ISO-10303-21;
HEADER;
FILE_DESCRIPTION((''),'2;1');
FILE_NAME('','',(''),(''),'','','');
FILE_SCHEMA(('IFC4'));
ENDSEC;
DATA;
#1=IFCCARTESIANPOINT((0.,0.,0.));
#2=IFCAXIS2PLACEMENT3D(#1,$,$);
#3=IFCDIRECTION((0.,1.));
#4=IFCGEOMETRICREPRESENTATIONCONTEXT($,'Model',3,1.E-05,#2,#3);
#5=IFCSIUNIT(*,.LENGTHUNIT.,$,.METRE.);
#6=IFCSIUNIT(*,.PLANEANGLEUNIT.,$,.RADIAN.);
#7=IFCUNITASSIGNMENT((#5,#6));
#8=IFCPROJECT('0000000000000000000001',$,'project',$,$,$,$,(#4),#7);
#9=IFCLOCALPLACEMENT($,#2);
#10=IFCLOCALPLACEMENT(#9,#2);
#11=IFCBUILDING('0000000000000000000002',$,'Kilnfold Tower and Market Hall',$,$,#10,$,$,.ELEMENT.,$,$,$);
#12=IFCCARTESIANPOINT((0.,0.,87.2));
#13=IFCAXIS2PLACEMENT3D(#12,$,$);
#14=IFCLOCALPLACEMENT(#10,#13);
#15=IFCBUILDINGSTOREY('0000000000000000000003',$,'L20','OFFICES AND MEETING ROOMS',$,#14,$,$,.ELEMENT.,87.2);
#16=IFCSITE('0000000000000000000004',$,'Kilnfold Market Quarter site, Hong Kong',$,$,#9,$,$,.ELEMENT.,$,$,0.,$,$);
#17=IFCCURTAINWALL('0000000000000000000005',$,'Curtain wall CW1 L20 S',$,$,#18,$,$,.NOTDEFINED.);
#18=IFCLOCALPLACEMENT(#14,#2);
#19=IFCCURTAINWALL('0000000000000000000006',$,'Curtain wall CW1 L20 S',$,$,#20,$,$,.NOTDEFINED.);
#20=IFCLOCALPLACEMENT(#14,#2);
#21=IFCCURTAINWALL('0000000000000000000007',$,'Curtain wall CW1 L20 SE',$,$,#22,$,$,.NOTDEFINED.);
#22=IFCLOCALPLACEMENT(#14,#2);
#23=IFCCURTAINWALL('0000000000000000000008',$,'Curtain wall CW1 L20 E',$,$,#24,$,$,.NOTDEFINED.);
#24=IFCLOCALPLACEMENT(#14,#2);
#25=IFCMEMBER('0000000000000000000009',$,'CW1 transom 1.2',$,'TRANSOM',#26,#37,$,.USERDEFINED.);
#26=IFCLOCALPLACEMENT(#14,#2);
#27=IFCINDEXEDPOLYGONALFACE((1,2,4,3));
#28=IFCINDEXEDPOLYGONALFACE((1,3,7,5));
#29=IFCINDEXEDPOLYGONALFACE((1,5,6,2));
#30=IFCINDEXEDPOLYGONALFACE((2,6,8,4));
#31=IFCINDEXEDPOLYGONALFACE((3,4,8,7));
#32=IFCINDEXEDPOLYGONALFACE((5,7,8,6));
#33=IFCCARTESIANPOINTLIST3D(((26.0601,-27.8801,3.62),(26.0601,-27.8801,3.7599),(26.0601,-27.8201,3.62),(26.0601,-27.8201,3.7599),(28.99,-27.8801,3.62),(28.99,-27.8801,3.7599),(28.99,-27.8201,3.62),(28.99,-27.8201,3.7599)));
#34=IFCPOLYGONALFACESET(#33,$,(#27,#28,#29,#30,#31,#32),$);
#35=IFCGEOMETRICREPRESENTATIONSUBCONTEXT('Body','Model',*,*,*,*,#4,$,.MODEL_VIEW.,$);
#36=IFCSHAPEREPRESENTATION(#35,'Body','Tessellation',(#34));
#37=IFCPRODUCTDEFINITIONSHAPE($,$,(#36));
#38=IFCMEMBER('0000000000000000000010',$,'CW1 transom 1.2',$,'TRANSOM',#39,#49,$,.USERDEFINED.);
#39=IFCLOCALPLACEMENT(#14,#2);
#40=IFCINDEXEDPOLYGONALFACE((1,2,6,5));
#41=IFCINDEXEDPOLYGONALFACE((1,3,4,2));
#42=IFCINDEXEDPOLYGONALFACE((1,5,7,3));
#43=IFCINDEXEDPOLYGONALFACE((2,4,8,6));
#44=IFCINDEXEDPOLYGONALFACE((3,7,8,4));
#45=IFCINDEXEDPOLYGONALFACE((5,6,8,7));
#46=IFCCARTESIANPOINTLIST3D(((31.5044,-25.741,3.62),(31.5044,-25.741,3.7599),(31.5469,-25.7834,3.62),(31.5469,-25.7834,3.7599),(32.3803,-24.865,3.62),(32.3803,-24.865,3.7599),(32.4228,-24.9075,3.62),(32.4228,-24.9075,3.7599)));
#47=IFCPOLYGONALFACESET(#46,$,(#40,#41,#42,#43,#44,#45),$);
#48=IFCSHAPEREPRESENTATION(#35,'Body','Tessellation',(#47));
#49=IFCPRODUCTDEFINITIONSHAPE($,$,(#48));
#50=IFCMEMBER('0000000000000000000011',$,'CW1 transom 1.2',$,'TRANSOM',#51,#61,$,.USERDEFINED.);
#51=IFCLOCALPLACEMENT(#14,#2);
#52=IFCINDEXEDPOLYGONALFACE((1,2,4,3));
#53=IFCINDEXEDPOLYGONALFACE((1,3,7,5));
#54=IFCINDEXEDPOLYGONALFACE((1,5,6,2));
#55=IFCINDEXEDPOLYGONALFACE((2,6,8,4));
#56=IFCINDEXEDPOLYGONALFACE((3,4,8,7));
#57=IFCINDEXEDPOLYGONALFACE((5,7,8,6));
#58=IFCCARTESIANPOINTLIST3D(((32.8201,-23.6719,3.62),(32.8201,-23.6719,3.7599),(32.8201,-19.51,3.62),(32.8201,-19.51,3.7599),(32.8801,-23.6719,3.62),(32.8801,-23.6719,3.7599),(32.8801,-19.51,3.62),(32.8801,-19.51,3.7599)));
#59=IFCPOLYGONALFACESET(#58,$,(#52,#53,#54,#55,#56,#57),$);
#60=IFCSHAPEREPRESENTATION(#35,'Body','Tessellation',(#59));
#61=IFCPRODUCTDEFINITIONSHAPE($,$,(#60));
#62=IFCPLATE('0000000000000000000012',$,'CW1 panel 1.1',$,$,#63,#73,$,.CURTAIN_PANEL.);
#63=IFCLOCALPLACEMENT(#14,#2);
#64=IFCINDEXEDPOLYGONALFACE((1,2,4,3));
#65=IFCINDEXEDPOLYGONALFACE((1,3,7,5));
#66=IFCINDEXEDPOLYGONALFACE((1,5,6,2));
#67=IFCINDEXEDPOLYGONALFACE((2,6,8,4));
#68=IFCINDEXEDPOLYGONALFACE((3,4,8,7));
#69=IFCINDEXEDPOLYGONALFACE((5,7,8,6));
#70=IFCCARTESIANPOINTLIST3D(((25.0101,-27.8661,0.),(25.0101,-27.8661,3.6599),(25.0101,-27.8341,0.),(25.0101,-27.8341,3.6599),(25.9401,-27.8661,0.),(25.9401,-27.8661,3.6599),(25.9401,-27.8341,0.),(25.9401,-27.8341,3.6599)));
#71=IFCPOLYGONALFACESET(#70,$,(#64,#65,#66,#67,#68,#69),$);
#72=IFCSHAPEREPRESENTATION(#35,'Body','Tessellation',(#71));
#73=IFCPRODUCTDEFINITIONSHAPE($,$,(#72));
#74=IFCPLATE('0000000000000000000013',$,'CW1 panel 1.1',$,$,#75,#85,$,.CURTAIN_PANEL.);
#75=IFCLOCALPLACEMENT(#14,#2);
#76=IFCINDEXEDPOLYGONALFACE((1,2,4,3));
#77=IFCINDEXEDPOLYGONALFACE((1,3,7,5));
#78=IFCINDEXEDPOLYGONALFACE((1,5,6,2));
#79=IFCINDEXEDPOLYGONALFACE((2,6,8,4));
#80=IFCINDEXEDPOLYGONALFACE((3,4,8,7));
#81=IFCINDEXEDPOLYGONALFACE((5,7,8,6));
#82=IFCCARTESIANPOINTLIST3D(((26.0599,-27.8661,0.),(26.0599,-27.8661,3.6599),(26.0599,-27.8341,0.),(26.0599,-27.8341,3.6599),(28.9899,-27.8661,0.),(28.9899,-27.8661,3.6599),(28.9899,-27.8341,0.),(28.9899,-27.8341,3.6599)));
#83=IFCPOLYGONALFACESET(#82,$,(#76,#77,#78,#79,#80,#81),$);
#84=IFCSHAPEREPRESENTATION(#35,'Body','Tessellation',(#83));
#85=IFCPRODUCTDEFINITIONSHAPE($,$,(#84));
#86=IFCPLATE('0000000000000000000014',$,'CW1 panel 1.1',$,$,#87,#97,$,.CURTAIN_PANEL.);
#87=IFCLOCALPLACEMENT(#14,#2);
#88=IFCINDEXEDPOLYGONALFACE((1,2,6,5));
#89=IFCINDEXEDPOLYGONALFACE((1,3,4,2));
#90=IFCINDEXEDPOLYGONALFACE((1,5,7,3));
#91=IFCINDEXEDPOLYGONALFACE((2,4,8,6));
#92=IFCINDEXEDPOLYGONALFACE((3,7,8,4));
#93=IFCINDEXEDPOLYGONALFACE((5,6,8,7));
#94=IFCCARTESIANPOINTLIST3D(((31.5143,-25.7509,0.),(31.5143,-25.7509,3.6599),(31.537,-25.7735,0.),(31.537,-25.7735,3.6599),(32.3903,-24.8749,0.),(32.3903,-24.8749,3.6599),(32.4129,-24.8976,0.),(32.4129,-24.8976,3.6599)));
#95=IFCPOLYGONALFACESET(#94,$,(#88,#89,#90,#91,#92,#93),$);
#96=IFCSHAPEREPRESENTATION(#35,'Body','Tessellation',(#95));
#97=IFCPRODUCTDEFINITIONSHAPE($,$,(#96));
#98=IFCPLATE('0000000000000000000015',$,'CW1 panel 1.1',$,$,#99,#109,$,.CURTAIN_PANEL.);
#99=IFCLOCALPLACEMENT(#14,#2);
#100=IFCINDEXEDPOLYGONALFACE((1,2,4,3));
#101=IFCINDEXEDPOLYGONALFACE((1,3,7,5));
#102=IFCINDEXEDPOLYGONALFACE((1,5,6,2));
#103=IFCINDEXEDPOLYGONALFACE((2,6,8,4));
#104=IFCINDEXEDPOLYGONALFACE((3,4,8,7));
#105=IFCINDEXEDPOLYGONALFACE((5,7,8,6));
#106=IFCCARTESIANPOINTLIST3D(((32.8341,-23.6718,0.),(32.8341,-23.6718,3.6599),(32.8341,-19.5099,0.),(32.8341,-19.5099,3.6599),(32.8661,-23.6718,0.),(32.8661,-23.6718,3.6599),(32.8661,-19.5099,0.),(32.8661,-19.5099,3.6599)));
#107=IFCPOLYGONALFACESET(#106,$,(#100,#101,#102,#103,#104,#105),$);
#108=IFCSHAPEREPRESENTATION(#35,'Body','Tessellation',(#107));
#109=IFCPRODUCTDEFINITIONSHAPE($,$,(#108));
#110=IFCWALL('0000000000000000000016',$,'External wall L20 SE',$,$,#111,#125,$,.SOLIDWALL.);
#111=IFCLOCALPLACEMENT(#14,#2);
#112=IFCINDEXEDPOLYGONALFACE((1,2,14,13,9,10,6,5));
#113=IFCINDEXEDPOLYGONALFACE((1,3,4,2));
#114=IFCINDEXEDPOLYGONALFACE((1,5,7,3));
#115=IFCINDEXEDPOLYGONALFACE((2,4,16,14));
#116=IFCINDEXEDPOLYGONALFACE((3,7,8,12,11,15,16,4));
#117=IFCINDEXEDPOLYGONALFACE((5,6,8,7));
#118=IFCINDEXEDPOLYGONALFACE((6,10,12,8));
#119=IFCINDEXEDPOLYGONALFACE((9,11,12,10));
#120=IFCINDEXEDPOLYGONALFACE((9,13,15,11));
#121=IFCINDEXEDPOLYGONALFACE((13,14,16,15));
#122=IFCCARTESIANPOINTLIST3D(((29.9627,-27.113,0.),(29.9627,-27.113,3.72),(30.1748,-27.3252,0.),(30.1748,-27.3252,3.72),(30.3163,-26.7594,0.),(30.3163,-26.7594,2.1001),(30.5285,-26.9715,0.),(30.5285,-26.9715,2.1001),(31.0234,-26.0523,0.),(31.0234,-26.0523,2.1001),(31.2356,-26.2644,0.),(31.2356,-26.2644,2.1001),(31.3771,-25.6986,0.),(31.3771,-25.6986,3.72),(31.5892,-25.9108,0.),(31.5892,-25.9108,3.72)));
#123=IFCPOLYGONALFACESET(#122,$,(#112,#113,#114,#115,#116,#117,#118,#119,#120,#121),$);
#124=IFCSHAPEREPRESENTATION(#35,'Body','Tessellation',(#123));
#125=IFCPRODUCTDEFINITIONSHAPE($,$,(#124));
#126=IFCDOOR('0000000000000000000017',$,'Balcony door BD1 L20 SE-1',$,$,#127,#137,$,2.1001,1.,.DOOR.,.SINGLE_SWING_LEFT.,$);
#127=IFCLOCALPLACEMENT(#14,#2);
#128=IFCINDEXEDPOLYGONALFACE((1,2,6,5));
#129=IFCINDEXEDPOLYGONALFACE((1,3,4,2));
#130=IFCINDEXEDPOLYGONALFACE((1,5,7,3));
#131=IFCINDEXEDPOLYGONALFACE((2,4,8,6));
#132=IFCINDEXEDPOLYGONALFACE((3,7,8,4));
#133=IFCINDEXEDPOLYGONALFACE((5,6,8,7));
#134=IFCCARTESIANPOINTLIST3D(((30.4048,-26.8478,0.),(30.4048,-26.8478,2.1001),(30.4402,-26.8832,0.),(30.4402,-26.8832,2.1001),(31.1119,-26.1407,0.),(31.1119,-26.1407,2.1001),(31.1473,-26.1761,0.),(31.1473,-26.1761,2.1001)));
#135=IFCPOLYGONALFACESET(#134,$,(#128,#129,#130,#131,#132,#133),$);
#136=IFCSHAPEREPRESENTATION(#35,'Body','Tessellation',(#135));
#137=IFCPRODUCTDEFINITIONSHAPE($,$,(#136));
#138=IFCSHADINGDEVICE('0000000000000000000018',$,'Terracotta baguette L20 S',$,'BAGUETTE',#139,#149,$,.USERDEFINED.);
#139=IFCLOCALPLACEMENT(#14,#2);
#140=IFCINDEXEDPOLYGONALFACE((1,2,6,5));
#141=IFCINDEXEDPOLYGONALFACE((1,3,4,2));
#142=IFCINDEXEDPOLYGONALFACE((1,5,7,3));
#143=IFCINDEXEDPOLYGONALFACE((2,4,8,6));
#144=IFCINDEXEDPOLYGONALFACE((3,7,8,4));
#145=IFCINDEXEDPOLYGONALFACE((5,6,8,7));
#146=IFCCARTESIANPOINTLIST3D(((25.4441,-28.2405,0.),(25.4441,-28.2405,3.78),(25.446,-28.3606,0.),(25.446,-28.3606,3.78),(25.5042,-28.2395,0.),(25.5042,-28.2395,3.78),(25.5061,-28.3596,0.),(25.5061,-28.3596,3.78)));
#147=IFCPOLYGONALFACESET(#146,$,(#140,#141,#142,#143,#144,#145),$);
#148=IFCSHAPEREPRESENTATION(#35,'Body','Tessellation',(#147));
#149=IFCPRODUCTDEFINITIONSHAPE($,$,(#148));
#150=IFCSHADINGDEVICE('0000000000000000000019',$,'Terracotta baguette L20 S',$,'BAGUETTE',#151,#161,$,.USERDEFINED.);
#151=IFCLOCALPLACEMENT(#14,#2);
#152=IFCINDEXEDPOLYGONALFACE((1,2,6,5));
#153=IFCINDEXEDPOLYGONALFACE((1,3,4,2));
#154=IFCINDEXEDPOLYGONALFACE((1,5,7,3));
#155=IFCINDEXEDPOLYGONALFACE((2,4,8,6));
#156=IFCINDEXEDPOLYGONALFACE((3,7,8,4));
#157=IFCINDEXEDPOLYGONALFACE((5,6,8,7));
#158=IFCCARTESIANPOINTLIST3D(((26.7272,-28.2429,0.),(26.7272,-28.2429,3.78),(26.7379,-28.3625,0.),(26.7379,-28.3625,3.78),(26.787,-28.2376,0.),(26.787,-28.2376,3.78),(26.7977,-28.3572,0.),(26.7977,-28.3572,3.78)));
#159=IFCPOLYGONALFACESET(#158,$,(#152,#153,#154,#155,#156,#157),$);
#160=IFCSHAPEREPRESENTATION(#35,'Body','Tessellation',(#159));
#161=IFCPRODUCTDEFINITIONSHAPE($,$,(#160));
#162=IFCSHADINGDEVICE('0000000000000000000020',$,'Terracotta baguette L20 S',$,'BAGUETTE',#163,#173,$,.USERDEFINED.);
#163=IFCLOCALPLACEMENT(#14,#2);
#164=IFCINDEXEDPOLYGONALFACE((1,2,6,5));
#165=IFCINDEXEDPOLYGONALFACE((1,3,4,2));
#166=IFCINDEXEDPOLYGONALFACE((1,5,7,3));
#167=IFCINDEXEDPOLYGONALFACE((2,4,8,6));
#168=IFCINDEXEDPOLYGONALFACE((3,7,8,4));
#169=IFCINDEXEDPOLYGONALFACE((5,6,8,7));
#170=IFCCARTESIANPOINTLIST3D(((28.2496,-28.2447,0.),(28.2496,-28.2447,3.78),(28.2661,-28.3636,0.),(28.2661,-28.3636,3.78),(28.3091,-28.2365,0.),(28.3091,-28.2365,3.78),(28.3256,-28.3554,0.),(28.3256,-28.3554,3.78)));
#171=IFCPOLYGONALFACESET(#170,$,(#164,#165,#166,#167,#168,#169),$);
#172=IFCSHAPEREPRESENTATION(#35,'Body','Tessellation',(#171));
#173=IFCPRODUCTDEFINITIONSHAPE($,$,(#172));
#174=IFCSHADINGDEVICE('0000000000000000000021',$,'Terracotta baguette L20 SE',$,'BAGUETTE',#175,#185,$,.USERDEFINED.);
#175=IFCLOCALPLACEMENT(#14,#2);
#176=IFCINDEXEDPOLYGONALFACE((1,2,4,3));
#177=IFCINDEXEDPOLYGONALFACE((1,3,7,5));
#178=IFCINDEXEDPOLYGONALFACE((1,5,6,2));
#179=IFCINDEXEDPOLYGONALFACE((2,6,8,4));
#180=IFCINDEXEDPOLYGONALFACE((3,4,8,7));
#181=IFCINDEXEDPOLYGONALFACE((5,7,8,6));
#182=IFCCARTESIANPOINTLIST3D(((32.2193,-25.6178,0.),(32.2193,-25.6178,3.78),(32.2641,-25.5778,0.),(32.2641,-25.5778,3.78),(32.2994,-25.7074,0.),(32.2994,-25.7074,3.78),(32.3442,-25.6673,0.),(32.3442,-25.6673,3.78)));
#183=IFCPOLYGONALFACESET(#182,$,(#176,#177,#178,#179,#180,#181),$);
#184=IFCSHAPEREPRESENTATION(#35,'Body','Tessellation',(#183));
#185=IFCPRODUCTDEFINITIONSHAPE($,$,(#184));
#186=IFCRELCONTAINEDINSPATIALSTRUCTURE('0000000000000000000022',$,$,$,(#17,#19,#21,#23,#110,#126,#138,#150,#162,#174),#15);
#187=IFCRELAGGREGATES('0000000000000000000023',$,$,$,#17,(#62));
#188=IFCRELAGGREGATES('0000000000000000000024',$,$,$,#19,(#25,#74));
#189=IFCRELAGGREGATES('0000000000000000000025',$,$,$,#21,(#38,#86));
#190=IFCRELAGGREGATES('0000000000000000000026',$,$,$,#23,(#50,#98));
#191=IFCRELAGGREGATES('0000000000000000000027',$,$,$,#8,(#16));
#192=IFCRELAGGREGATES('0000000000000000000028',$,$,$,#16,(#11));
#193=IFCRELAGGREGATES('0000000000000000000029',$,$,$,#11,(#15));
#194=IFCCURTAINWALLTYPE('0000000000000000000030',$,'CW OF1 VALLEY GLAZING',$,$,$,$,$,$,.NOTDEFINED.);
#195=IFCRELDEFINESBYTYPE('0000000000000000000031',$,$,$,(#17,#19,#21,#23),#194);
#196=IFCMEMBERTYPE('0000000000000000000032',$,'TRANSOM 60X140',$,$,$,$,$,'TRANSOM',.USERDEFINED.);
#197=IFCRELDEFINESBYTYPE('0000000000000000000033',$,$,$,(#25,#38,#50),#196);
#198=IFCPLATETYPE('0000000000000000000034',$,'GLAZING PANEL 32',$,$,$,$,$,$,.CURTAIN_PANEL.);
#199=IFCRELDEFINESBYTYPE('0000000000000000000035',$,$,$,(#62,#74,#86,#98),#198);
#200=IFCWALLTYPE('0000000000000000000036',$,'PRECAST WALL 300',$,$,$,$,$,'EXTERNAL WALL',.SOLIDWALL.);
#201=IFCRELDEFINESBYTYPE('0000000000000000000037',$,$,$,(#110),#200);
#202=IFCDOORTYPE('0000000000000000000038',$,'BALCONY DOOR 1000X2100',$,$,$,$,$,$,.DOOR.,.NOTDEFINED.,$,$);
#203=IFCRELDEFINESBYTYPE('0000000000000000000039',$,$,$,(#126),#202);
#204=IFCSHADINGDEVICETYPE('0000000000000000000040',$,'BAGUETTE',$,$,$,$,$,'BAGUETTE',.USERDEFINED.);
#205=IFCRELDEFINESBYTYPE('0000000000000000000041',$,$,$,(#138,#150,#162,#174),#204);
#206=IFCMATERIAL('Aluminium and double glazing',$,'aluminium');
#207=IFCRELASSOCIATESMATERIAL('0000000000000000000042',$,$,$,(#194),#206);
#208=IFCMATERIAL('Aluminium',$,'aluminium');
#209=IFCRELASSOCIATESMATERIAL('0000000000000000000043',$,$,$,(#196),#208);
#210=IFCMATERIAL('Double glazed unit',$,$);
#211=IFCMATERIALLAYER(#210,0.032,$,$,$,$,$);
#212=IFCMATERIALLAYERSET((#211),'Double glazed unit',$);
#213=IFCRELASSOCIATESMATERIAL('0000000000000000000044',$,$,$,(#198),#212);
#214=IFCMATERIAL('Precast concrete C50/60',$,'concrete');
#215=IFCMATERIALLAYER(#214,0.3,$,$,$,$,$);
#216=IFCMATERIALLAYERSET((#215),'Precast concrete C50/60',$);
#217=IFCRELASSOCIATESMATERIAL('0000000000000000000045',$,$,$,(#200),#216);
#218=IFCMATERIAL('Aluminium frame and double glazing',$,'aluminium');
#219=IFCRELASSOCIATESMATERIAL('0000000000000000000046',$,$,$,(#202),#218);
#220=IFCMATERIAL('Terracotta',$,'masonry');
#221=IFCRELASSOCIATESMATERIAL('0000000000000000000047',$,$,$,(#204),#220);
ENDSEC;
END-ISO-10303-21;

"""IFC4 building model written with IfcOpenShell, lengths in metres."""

from ifc_helpers import new_model, si_unit, direction, frame, frame_2d, origin, origin_2d, place, context, subcontext, project, spatial, rectangle, extrude, source, transform, mapped, material, layer, layer_set, material_profile, profile_set, type_object, element, fill, aggregate, save


model = new_model("IFC4")

# Units and contexts
model_context = context("Model", 3, precision=1e-05, world=origin(), true_north=direction((0.0, 1.0)))
body_context = subcontext(model_context, "Body", "Model", "MODEL_VIEW")
ifc_project = project(units=[si_unit("LENGTHUNIT", "METRE"), si_unit("PLANEANGLEUNIT", "RADIAN")], contexts=[model_context])

# Site, building, storey
site_placement = place(None, origin())
site = spatial("IfcSite", under=ifc_project, at=site_placement, Name="Kilnfold Market Quarter site, Hong Kong", CompositionType="ELEMENT", RefElevation=0.0)
building_placement = place(site_placement, origin())
building = spatial("IfcBuilding", under=site, at=building_placement, Name="Kilnfold Tower and Market Hall", CompositionType="ELEMENT")
storey_placement = place(building_placement, frame((0.0, 0.0, 87.2)))
storey = spatial("IfcBuildingStorey", under=building, at=storey_placement, Name="L20", Description="OFFICES AND MEETING ROOMS", CompositionType="ELEMENT", Elevation=87.2)

# Curtain walls
ifc_material_1 = material(Name="Aluminium and double glazing", Category="aluminium")
curtain_wall_type = type_object("IfcCurtainWallType", Name="CW OF1 VALLEY GLAZING", PredefinedType="NOTDEFINED", material=ifc_material_1)
curtain_wall_1_placement = place(storey_placement, origin())
curtain_wall_1 = element("IfcCurtainWall", 1, at=curtain_wall_1_placement, inside=storey, type_object=curtain_wall_type, Name="Curtain wall CW1 L20 S", PredefinedType="NOTDEFINED")
curtain_wall_2_placement = place(storey_placement, origin())
curtain_wall_2 = element("IfcCurtainWall", 2, at=curtain_wall_2_placement, inside=storey, type_object=curtain_wall_type, Name="Curtain wall CW1 L20 S", PredefinedType="NOTDEFINED")
curtain_wall_3_placement = place(storey_placement, origin())
curtain_wall_3 = element("IfcCurtainWall", 3, at=curtain_wall_3_placement, inside=storey, type_object=curtain_wall_type, Name="Curtain wall CW1 L20 SE", PredefinedType="NOTDEFINED")
curtain_wall_4_placement = place(storey_placement, origin())
curtain_wall_4 = element("IfcCurtainWall", 4, at=curtain_wall_4_placement, inside=storey, type_object=curtain_wall_type, Name="Curtain wall CW1 L20 E", PredefinedType="NOTDEFINED")

# Members
ifc_material_2 = material(Name="Aluminium", Category="aluminium")
ifc_material_profile_1 = material_profile(ifc_material_2, rectangle(XDim=0.0601, YDim=0.1399, at=origin_2d()), Name="TRANSOM 60x140")
ifc_profile_set_1 = profile_set([ifc_material_profile_1], Name="Aluminium")
member_type_1 = type_object("IfcMemberType", Name="TRANSOM 60X140", ElementType="TRANSOM", PredefinedType="USERDEFINED", material=ifc_profile_set_1)
shared_shape_1 = source(origin(), body_context, "Body", "SweptSolid", [
    extrude(rectangle(XDim=0.0601, YDim=0.1399, at=origin_2d()), origin(), (0.0, 0.0, 1.0), 2.9299),
])
member_1_placement = place(storey_placement, frame((26.0601, -27.8501, 3.6899), z_axis=(1.0, 0.0, 0.0), x_axis=(0.0, 1.0, 0.0)))
member_1 = element("IfcMember", 5, at=member_1_placement, type_object=member_type_1, Name="CW1 transom 1.2", ObjectType="TRANSOM", PredefinedType="USERDEFINED", context=body_context, shape_type="MappedRepresentation", body=[
    mapped(shared_shape_1, transform((0.0, 0.0, 0.0))),
])
shared_shape_2 = source(origin(), body_context, "Body", "SweptSolid", [
    extrude(rectangle(XDim=0.0601, YDim=0.1399, at=origin_2d()), origin(), (0.0, 0.0, 1.0), 1.2388),
])
member_2_placement = place(storey_placement, frame((31.5256, -25.7622, 3.6899), z_axis=(0.707107, 0.707107, 0.0), x_axis=(-0.707107, 0.707107, 0.0)))
member_2 = element("IfcMember", 6, at=member_2_placement, type_object=member_type_1, Name="CW1 transom 1.2", ObjectType="TRANSOM", PredefinedType="USERDEFINED", context=body_context, shape_type="MappedRepresentation", body=[
    mapped(shared_shape_2, transform((0.0, 0.0, 0.0))),
])
shared_shape_3 = source(origin(), body_context, "Body", "SweptSolid", [
    extrude(rectangle(XDim=0.0601, YDim=0.1399, at=origin_2d()), origin(), (0.0, 0.0, 1.0), 4.1619),
])
member_3_placement = place(storey_placement, frame((32.8501, -23.6719, 3.6899), z_axis=(0.0, 1.0, 0.0), x_axis=(-1.0, 0.0, 0.0)))
member_3 = element("IfcMember", 7, at=member_3_placement, type_object=member_type_1, Name="CW1 transom 1.2", ObjectType="TRANSOM", PredefinedType="USERDEFINED", context=body_context, shape_type="MappedRepresentation", body=[
    mapped(shared_shape_3, transform((0.0, 0.0, 0.0))),
])

# Plates
ifc_material_3 = material(Name="Double glazed unit")
ifc_layer_1 = layer(ifc_material_3, 0.032)
ifc_layer_set_1 = layer_set([ifc_layer_1], Name="Double glazed unit")
plate_type = type_object("IfcPlateType", Name="GLAZING PANEL 32", PredefinedType="CURTAIN_PANEL", material=ifc_layer_set_1)
shared_shape_4 = source(origin(), body_context, "Body", "SweptSolid", [
    extrude(rectangle(XDim=0.9299, YDim=0.032, at=origin_2d()), origin(), (0.0, 0.0, 1.0), 3.6599),
])
plate_1_placement = place(storey_placement, frame((25.4751, -27.8501, 0.0), z_axis=(0.0, 0.0, 1.0), x_axis=(1.0, 0.0, 0.0)))
plate_1 = element("IfcPlate", 8, at=plate_1_placement, type_object=plate_type, Name="CW1 panel 1.1", PredefinedType="CURTAIN_PANEL", context=body_context, shape_type="MappedRepresentation", body=[
    mapped(shared_shape_4, transform((0.0, 0.0, 0.0))),
])
aggregate(curtain_wall_1, [plate_1])
shared_shape_5 = source(origin(), body_context, "Body", "SweptSolid", [
    extrude(rectangle(XDim=2.9299, YDim=0.032, at=origin_2d()), origin(), (0.0, 0.0, 1.0), 3.6599),
])
plate_2_placement = place(storey_placement, frame((27.5249, -27.8501, 0.0), z_axis=(0.0, 0.0, 1.0), x_axis=(1.0, 0.0, 0.0)))
plate_2 = element("IfcPlate", 9, at=plate_2_placement, type_object=plate_type, Name="CW1 panel 1.1", PredefinedType="CURTAIN_PANEL", context=body_context, shape_type="MappedRepresentation", body=[
    mapped(shared_shape_5, transform((0.0, 0.0, 0.0))),
])
aggregate(curtain_wall_2, [member_1, plate_2])
shared_shape_6 = source(origin(), body_context, "Body", "SweptSolid", [
    extrude(rectangle(XDim=1.2388, YDim=0.032, at=origin_2d()), origin(), (0.0, 0.0, 1.0), 3.6599),
])
plate_3_placement = place(storey_placement, frame((31.9636, -25.3242, 0.0), z_axis=(0.0, 0.0, 1.0), x_axis=(0.707107, 0.707107, 0.0)))
plate_3 = element("IfcPlate", 10, at=plate_3_placement, type_object=plate_type, Name="CW1 panel 1.1", PredefinedType="CURTAIN_PANEL", context=body_context, shape_type="MappedRepresentation", body=[
    mapped(shared_shape_6, transform((0.0, 0.0, 0.0))),
])
aggregate(curtain_wall_3, [member_2, plate_3])
shared_shape_7 = source(origin(), body_context, "Body", "SweptSolid", [
    extrude(rectangle(XDim=4.1619, YDim=0.032, at=origin_2d()), origin(), (0.0, 0.0, 1.0), 3.6599),
])
plate_4_placement = place(storey_placement, frame((32.8501, -21.5908, 0.0), z_axis=(0.0, 0.0, 1.0), x_axis=(0.0, 1.0, 0.0)))
plate_4 = element("IfcPlate", 11, at=plate_4_placement, type_object=plate_type, Name="CW1 panel 1.1", PredefinedType="CURTAIN_PANEL", context=body_context, shape_type="MappedRepresentation", body=[
    mapped(shared_shape_7, transform((0.0, 0.0, 0.0))),
])
aggregate(curtain_wall_4, [member_3, plate_4])

# Wall, opening, door
ifc_material_4 = material(Name="Precast concrete C50/60", Category="concrete")
ifc_layer_2 = layer(ifc_material_4, 0.3)
ifc_layer_set_2 = layer_set([ifc_layer_2], Name="Precast concrete C50/60")
wall_type = type_object("IfcWallType", Name="PRECAST WALL 300", ElementType="EXTERNAL WALL", PredefinedType="SOLIDWALL", material=ifc_layer_set_2)
shared_shape_8 = source(origin(), body_context, "Body", "SweptSolid", [
    extrude(rectangle(XDim=2.0002, YDim=0.3, at=frame_2d((1.0, 0.0))), origin(), (0.0, 0.0, 1.0), 3.72),
])
wall_placement = place(storey_placement, frame((30.0688, -27.219, 0.0), z_axis=(0.0, 0.0, 1.0), x_axis=(0.707107, 0.707107, 0.0)))
wall = element("IfcWall", 12, at=wall_placement, inside=storey, type_object=wall_type, Name="External wall L20 SE", PredefinedType="SOLIDWALL", context=body_context, shape_type="MappedRepresentation", body=[
    mapped(shared_shape_8, transform((0.0, 0.0, 0.0))),
])
opening_placement = place(wall_placement, frame((0.5, 0.0, 0.0)))
opening = element("IfcOpeningElement", 13, at=opening_placement, cuts=wall, PredefinedType="OPENING", context=body_context, shape_type="SweptSolid", body=[
    extrude(rectangle(XDim=1.0, YDim=2.1001, at=frame_2d((0.5, 1.05))), frame((0.0, 0.1602, 0.0), z_axis=(0.0, -1.0, 0.0), x_axis=(1.0, 0.0, 0.0)), (0.0, 0.0, 1.0), 0.3201),
])
ifc_material_5 = material(Name="Aluminium frame and double glazing", Category="aluminium")
door_type = type_object("IfcDoorType", Name="BALCONY DOOR 1000X2100", OperationType="NOTDEFINED", PredefinedType="DOOR", material=ifc_material_5)
door_placement = place(opening_placement, origin())
door = element("IfcDoor", 14, at=door_placement, inside=storey, type_object=door_type, Name="Balcony door BD1 L20 SE-1", OperationType="SINGLE_SWING_LEFT", OverallHeight=2.1001, OverallWidth=1.0, PredefinedType="DOOR", context=body_context, shape_type="SweptSolid", body=[
    extrude(rectangle(XDim=1.0, YDim=2.1001, at=frame_2d((0.5, 1.05))), frame((0.0, 0.0249, 0.0), z_axis=(0.0, -1.0, 0.0), x_axis=(1.0, 0.0, 0.0)), (0.0, 0.0, 1.0), 0.05),
])
fill(opening, door)

# Shading devices
ifc_material_6 = material(Name="Terracotta", Category="masonry")
ifc_material_profile_2 = material_profile(ifc_material_6, rectangle(XDim=0.0601, YDim=0.1201, at=origin_2d()), Name="BAG 60x120")
ifc_profile_set_2 = profile_set([ifc_material_profile_2], Name="Terracotta")
shading_device_type = type_object("IfcShadingDeviceType", Name="BAGUETTE", ElementType="BAGUETTE", PredefinedType="USERDEFINED", material=ifc_profile_set_2)
shared_shape_9 = source(origin(), body_context, "Body", "SweptSolid", [
    extrude(rectangle(XDim=0.0601, YDim=0.1201, at=origin_2d()), origin(), (0.0, 0.0, 1.0), 3.78),
])
for number, where, z_axis, x_axis, name in (
    (15, (25.4751, -28.3, 0.0), (0.0, 0.0, 1.0), (0.999869, 0.016192, 0.0), "Terracotta baguette L20 S"),
    (16, (26.7625, -28.3, 0.0), (0.0, 0.0, 1.0), (0.996014, 0.089197, 0.0), "Terracotta baguette L20 S"),
    (17, (28.2876, -28.3, 0.0), (0.0, 0.0, 1.0), (0.990623, 0.136623, 0.0), "Terracotta baguette L20 S"),
    (18, (32.2817, -25.6426, 0.0), (0.0, 0.0, 1.0), (0.745517, 0.666487, 0.0), "Terracotta baguette L20 SE"),
):
    element("IfcShadingDevice", number, at=place(storey_placement, frame(where, z_axis=z_axis, x_axis=x_axis)), inside=storey, type_object=shading_device_type, Name=name, ObjectType="BAGUETTE", PredefinedType="USERDEFINED", context=body_context, shape_type="MappedRepresentation", body=[
        mapped(shared_shape_9, transform((0.0, 0.0, 0.0))),
    ])

save(model, "model.ifc")
